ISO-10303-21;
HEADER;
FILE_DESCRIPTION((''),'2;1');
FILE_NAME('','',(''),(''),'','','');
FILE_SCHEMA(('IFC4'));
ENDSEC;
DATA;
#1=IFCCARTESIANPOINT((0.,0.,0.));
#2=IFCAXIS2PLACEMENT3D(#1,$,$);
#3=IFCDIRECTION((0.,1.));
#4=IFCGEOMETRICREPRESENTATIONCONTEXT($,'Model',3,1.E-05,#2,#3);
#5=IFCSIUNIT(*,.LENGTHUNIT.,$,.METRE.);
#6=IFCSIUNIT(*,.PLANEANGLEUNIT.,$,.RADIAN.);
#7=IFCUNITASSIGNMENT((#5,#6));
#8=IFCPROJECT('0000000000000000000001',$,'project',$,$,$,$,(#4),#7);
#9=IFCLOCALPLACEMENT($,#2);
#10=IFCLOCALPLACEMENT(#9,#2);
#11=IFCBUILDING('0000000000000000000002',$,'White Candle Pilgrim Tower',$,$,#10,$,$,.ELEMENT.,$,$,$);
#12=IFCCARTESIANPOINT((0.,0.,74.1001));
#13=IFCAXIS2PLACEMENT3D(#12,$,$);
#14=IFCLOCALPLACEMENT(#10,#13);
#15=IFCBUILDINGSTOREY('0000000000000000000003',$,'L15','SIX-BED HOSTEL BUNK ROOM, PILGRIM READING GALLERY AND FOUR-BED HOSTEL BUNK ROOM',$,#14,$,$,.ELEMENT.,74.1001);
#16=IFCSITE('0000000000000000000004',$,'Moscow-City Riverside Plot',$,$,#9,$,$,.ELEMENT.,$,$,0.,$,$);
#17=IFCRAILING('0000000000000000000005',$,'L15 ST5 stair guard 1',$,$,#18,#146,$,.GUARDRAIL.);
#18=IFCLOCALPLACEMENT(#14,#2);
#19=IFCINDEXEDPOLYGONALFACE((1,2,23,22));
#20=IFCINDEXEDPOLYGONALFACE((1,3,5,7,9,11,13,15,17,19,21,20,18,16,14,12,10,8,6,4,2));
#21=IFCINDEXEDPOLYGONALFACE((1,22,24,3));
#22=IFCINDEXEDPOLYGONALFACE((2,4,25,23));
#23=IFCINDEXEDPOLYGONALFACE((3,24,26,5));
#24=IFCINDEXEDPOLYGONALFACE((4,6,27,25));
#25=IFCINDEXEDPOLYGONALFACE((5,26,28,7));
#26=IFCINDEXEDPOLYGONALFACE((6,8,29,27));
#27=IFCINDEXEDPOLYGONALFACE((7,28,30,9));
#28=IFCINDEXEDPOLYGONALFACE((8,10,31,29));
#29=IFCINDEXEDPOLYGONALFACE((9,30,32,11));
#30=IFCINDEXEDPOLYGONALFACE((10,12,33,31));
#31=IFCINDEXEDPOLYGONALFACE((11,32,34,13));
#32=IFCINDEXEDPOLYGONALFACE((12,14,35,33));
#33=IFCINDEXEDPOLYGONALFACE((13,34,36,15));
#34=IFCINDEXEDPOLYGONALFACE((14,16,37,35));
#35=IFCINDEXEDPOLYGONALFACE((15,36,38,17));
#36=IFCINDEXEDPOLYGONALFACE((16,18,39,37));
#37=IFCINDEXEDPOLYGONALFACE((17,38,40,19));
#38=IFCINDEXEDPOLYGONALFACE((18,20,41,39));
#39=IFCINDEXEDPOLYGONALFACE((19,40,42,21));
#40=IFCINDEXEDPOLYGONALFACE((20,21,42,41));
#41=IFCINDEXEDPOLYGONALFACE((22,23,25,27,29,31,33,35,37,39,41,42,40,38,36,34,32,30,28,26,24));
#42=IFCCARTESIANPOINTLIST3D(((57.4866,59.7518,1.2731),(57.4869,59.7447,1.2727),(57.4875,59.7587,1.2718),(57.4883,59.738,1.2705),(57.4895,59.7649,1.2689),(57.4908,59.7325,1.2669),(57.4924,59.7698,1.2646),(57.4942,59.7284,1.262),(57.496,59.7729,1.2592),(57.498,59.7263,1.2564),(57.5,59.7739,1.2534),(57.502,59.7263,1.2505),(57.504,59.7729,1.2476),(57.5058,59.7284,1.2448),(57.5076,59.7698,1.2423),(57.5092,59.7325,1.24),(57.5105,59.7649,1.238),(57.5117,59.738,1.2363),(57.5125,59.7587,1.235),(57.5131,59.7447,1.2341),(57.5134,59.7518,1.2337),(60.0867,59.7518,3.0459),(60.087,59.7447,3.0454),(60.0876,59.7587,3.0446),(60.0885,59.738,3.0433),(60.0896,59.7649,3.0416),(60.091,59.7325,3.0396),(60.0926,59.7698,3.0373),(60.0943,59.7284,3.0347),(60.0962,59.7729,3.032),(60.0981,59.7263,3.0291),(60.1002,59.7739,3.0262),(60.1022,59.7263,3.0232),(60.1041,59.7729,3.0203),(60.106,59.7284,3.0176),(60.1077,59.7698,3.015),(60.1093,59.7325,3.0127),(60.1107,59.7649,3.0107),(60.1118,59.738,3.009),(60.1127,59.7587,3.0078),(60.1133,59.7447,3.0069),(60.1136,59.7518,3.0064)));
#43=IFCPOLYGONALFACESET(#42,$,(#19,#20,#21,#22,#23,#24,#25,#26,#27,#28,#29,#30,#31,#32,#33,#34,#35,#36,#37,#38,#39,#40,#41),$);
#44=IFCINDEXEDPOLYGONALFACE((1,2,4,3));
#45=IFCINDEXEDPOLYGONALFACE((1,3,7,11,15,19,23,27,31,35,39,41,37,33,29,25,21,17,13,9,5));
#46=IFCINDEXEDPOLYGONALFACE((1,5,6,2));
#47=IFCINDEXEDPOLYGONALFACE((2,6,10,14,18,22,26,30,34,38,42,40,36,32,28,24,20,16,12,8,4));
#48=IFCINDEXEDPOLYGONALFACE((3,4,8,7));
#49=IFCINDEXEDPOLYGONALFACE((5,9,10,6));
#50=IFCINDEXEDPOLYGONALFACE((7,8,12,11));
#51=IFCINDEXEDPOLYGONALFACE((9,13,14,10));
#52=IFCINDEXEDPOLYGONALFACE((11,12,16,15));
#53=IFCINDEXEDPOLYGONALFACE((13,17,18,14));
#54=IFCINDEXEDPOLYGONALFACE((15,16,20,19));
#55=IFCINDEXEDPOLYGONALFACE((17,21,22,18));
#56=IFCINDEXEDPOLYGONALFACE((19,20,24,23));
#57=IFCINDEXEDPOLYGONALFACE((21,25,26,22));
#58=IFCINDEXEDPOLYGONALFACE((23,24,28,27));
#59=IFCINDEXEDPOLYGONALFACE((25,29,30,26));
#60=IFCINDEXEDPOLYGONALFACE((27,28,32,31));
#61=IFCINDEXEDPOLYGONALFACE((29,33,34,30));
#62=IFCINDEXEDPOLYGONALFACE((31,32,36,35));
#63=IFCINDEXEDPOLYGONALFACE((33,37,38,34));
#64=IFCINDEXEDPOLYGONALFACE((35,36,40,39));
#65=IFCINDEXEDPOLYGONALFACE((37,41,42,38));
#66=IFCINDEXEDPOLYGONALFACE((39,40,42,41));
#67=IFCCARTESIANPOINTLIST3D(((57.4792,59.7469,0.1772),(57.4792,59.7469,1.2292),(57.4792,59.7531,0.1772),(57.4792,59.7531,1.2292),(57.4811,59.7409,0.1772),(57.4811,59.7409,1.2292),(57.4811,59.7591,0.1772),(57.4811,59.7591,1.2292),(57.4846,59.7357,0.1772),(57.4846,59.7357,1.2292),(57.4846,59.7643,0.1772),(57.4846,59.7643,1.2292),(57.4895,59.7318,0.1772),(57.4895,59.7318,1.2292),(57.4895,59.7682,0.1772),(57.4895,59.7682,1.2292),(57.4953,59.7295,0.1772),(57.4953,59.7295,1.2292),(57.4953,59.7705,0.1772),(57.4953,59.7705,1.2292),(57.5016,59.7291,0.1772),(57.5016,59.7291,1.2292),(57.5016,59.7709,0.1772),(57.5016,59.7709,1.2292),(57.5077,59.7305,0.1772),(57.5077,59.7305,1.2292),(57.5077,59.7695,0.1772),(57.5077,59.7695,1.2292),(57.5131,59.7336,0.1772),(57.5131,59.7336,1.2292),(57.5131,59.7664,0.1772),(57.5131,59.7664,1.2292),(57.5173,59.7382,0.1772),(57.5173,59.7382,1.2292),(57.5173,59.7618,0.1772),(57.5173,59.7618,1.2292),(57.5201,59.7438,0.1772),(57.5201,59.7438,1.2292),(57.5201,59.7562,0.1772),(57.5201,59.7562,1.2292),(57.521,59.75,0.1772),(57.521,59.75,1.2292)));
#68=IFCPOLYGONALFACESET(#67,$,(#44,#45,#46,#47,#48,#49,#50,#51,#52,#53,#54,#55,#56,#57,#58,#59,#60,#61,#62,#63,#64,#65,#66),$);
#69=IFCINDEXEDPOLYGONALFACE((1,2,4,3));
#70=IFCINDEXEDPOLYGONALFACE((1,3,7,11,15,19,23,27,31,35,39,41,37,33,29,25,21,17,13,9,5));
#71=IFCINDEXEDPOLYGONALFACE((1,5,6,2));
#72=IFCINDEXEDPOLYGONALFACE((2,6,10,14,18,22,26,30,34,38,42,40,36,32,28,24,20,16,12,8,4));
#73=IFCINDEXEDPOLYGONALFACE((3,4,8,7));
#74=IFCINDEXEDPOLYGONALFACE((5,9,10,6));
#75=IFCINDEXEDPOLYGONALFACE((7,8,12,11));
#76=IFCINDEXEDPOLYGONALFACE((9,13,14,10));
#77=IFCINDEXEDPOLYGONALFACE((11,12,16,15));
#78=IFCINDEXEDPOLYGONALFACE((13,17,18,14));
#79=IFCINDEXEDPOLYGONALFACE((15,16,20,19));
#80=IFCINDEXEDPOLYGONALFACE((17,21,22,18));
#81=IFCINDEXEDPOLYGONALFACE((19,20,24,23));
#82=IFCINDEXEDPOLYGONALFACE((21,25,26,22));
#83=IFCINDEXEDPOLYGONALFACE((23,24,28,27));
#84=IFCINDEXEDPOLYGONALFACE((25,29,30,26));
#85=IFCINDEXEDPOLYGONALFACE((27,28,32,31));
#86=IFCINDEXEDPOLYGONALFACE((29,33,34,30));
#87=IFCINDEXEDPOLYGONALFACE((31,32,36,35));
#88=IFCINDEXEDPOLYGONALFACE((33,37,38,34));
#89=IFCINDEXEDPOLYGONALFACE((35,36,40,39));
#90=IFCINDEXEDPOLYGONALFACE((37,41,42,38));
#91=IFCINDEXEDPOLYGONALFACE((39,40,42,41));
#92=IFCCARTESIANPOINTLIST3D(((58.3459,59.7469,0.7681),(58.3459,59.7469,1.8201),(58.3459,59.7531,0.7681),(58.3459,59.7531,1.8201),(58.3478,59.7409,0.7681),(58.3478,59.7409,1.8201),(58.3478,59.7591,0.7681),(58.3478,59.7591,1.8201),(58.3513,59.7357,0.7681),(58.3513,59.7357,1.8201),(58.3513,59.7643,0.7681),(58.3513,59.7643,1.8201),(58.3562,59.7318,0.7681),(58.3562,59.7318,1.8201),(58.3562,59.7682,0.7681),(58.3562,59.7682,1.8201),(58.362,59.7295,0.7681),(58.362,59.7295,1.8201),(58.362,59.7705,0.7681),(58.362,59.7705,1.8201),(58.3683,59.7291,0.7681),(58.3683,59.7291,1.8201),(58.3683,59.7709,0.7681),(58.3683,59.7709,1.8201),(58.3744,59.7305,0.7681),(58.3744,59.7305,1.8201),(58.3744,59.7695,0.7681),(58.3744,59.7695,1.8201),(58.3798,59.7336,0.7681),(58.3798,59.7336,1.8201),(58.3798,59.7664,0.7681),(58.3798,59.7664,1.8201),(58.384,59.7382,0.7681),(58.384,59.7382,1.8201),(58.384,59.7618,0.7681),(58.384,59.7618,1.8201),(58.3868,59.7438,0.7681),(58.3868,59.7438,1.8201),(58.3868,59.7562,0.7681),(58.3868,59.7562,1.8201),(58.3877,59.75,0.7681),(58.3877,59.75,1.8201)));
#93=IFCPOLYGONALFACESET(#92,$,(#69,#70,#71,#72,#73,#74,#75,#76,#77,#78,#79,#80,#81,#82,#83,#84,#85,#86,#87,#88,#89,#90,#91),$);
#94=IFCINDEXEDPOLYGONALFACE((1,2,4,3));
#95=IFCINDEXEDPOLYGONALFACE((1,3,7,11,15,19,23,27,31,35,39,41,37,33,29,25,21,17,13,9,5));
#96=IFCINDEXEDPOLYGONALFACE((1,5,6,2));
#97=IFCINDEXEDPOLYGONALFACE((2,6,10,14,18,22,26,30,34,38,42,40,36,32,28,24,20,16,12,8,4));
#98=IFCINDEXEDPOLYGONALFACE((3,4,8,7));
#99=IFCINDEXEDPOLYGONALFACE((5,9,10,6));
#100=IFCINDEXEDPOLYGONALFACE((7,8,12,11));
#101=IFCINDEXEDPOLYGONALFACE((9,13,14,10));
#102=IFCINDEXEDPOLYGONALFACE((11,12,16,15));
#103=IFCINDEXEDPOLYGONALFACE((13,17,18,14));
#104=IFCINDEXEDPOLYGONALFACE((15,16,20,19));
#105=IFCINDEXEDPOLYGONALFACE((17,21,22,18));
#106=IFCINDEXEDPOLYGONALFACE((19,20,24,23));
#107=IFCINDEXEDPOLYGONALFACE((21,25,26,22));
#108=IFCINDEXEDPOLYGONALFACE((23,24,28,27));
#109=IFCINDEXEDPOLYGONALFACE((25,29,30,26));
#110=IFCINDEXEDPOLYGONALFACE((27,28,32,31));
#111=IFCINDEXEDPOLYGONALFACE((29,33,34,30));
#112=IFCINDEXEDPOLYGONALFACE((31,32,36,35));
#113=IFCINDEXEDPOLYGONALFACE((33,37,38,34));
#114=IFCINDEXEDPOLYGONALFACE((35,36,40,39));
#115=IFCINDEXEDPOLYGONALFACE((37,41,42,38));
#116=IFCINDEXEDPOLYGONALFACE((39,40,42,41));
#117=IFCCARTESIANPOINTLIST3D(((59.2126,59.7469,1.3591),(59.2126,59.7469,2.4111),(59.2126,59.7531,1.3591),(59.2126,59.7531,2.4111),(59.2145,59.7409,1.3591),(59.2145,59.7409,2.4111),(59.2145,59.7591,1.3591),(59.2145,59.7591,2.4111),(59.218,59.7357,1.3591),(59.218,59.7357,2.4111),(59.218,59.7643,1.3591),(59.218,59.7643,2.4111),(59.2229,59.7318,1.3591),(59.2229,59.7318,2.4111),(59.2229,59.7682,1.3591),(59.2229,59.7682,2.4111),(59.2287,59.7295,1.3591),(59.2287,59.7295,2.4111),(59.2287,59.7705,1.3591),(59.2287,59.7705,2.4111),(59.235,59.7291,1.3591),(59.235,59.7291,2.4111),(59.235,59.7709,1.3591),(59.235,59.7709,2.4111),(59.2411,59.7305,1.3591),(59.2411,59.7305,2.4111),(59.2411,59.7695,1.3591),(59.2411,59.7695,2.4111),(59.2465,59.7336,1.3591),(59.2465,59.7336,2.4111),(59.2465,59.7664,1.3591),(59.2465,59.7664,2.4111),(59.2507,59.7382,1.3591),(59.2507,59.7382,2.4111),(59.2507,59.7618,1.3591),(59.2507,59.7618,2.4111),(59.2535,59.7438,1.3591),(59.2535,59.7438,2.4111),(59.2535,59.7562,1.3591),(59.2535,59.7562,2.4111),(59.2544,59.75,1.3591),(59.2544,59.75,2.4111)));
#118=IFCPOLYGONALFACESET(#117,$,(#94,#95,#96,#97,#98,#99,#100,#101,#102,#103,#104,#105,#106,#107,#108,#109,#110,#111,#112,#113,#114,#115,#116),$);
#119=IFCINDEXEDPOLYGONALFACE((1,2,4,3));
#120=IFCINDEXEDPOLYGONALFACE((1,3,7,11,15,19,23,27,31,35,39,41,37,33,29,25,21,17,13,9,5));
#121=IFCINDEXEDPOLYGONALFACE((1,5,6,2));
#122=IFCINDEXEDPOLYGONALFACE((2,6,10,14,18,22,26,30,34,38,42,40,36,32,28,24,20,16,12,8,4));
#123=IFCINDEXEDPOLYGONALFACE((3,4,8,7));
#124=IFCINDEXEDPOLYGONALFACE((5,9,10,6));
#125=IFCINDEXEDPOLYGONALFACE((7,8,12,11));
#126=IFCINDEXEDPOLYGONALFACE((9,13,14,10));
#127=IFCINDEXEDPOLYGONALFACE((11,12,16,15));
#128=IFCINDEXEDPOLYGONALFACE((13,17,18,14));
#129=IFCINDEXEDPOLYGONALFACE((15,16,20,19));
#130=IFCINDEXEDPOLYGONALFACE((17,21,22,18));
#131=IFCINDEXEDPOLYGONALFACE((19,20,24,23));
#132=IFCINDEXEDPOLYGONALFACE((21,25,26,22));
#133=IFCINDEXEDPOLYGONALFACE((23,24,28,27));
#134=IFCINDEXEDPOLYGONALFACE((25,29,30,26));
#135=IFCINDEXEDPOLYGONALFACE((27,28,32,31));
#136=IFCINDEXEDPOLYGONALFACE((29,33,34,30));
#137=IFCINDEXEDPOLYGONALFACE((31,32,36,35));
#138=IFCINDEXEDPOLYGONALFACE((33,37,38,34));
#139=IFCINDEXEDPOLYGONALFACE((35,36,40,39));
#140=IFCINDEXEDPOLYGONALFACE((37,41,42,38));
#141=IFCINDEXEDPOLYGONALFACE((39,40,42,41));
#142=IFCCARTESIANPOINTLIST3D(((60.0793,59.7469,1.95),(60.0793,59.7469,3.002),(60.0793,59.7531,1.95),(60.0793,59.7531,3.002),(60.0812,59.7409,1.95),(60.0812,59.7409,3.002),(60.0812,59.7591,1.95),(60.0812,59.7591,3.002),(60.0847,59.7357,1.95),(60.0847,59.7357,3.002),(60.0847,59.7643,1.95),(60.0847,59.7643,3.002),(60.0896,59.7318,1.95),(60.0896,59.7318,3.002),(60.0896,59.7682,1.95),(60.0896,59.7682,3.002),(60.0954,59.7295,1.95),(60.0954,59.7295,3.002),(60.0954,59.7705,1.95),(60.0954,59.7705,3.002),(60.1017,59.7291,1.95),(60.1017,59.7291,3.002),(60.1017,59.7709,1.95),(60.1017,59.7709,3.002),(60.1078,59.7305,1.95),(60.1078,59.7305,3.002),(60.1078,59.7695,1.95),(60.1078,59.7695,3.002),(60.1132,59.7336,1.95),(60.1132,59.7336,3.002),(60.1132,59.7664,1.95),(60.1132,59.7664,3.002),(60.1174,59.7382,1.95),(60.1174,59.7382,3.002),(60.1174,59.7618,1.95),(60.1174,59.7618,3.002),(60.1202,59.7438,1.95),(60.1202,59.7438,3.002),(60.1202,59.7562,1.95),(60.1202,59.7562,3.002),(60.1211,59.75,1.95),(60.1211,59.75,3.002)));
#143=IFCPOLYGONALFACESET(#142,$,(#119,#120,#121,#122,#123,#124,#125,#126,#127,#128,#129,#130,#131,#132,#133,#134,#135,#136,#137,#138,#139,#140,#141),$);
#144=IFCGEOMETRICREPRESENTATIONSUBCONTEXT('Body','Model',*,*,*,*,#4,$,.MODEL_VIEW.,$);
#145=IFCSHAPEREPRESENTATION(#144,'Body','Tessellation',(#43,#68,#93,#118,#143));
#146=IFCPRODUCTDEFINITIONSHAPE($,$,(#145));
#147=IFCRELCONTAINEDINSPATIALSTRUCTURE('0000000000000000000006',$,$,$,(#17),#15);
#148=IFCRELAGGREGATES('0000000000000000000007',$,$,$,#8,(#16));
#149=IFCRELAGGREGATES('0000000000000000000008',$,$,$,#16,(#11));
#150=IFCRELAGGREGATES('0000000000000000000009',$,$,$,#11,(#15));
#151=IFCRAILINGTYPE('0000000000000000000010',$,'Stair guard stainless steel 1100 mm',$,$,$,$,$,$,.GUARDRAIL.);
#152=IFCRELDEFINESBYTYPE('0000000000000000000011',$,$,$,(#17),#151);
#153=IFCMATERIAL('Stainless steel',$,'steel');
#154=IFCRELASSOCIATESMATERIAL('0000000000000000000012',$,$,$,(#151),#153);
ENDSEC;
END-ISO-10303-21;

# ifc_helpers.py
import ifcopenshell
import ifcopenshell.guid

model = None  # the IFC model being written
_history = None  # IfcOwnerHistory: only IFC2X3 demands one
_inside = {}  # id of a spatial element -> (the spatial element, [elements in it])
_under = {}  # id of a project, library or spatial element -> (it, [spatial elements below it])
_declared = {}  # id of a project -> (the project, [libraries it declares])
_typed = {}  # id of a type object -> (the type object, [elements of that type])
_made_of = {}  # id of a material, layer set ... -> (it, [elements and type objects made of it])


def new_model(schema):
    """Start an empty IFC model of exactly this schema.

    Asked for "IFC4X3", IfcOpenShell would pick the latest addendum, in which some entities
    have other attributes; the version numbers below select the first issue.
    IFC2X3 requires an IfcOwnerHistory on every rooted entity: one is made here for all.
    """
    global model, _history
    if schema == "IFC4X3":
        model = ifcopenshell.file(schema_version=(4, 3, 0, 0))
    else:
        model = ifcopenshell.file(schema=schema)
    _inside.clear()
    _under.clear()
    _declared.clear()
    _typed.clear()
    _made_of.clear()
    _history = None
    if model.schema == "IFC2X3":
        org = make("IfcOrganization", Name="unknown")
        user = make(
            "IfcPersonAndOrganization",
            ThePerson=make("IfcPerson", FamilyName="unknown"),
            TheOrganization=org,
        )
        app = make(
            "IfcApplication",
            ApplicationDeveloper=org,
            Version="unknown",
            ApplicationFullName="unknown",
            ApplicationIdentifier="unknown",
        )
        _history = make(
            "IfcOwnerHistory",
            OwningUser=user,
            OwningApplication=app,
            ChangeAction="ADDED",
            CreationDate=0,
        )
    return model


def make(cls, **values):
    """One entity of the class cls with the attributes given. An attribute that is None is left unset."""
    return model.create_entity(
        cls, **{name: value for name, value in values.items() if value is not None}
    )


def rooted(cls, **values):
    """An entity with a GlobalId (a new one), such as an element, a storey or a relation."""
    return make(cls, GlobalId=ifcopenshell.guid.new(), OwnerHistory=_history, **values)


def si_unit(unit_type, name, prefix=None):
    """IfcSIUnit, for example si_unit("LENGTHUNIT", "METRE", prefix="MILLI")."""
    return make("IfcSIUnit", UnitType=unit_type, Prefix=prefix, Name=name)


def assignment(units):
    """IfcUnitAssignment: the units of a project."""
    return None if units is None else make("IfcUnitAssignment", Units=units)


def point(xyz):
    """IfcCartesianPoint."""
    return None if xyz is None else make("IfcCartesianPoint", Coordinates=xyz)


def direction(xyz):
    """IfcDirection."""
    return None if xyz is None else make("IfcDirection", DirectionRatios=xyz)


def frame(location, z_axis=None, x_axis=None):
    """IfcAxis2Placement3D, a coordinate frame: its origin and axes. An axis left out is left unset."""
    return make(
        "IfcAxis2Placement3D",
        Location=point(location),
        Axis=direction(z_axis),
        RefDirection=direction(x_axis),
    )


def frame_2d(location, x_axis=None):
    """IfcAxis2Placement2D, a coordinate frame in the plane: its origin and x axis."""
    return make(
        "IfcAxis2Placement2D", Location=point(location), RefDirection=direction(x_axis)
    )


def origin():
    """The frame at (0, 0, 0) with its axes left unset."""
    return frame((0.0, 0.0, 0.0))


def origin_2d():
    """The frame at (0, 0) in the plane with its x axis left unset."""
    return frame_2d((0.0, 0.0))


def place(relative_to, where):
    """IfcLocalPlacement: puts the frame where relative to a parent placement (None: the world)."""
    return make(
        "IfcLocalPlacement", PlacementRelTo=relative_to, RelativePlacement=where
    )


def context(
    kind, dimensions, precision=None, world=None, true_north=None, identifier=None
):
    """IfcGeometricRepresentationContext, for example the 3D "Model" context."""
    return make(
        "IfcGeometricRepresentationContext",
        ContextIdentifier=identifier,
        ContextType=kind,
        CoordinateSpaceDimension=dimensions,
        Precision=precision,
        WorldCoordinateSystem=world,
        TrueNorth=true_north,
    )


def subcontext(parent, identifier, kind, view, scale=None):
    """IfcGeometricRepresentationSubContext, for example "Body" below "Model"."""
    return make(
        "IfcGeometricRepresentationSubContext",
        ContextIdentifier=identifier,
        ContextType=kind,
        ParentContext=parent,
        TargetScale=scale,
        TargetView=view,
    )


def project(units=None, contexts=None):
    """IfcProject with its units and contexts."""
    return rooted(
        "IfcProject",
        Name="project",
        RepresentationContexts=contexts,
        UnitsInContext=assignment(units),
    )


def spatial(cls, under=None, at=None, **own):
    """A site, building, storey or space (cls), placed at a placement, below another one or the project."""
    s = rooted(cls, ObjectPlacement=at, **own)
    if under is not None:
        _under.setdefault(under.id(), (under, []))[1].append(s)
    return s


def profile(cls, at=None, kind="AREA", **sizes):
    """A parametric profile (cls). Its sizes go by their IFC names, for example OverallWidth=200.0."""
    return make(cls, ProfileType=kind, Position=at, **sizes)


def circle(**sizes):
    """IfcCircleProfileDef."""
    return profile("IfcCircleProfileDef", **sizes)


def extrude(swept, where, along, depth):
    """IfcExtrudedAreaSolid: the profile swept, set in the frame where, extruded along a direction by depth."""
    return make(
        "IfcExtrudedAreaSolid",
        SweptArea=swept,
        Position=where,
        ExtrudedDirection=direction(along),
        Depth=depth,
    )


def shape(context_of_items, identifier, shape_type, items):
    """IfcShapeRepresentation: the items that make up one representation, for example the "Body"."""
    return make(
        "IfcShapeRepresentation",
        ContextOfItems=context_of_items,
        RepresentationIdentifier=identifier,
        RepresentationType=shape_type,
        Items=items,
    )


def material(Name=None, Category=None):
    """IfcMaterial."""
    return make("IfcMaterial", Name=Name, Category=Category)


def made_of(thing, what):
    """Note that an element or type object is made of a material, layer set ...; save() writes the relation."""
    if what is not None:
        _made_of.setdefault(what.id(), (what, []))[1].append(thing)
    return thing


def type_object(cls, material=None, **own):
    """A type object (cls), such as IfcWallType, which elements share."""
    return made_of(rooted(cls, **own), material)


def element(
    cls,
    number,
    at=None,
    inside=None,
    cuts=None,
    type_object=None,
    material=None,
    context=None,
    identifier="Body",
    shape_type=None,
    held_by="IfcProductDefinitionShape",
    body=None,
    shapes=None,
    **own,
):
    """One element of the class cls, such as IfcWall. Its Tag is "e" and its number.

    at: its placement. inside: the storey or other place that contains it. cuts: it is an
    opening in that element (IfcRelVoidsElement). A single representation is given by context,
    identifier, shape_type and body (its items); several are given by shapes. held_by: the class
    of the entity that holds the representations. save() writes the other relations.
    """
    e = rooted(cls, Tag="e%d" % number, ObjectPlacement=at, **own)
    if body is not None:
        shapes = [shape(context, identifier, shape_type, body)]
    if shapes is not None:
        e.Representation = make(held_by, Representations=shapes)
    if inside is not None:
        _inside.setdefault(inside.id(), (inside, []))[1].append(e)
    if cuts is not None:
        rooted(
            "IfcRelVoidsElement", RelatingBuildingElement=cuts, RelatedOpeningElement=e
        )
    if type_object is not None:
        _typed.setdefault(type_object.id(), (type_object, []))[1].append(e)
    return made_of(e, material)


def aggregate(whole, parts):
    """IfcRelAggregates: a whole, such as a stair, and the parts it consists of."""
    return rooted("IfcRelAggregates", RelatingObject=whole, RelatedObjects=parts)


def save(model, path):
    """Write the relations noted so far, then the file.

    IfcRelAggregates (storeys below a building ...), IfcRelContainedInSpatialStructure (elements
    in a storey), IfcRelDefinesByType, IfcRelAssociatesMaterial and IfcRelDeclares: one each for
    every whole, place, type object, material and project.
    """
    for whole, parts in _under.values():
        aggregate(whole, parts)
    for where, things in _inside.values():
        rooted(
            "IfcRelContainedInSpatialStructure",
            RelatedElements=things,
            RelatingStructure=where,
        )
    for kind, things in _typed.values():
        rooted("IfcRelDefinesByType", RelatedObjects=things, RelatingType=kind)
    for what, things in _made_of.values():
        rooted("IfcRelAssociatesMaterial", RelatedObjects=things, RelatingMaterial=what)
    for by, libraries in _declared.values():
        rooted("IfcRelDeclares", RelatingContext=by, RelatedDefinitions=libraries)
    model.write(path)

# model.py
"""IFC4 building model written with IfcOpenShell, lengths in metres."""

from ifc_helpers import new_model, si_unit, direction, frame, origin, origin_2d, place, context, subcontext, project, spatial, circle, extrude, material, type_object, element, save


model = new_model("IFC4")

# Units and contexts
model_context = context("Model", 3, precision=1e-05, world=origin(), true_north=direction((0.0, 1.0)))
body_context = subcontext(model_context, "Body", "Model", "MODEL_VIEW")
ifc_project = project(units=[si_unit("LENGTHUNIT", "METRE"), si_unit("PLANEANGLEUNIT", "RADIAN")], contexts=[model_context])

# Site, building, storey
site_placement = place(None, origin())
site = spatial("IfcSite", under=ifc_project, at=site_placement, Name="Moscow-City Riverside Plot", CompositionType="ELEMENT", RefElevation=0.0)
building_placement = place(site_placement, origin())
building = spatial("IfcBuilding", under=site, at=building_placement, Name="White Candle Pilgrim Tower", CompositionType="ELEMENT")
storey_placement = place(building_placement, frame((0.0, 0.0, 74.1001)))
storey = spatial("IfcBuildingStorey", under=building, at=storey_placement, Name="L15", Description="SIX-BED HOSTEL BUNK ROOM, PILGRIM READING GALLERY AND FOUR-BED HOSTEL BUNK ROOM", CompositionType="ELEMENT", Elevation=74.1001)

# Railing
ifc_material_1 = material(Name="Stainless steel", Category="steel")
railing_type_1 = type_object("IfcRailingType", Name="Stair guard stainless steel 1100 mm", PredefinedType="GUARDRAIL", material=ifc_material_1)
railing_1_placement = place(storey_placement, frame((57.5, 59.75, 0.1772)))
element("IfcRailing", 1, at=railing_1_placement, inside=storey, type_object=railing_type_1, Name="L15 ST5 stair guard 1", PredefinedType="GUARDRAIL", context=body_context, shape_type="SweptSolid", body=[
    extrude(circle(Radius=0.0239, at=origin_2d()), frame((0.0, 0.0, 1.0762), z_axis=(0.82624, 0.0, 0.563318), x_axis=(0.0, 1.0, 0.0)), (0.0, 0.0, 1.0), 3.147),
    extrude(circle(Radius=0.021, at=origin_2d()), origin(), (0.0, 0.0, 1.0), 1.052),
    extrude(circle(Radius=0.021, at=origin_2d()), frame((0.8667, 0.0, 0.5908)), (0.0, 0.0, 1.0), 1.052),
    extrude(circle(Radius=0.021, at=origin_2d()), frame((1.7334, 0.0, 1.1819)), (0.0, 0.0, 1.0), 1.052),
    extrude(circle(Radius=0.021, at=origin_2d()), frame((2.6001, 0.0, 1.7727)), (0.0, 0.0, 1.0), 1.052),
])

save(model, "model.ifc")
